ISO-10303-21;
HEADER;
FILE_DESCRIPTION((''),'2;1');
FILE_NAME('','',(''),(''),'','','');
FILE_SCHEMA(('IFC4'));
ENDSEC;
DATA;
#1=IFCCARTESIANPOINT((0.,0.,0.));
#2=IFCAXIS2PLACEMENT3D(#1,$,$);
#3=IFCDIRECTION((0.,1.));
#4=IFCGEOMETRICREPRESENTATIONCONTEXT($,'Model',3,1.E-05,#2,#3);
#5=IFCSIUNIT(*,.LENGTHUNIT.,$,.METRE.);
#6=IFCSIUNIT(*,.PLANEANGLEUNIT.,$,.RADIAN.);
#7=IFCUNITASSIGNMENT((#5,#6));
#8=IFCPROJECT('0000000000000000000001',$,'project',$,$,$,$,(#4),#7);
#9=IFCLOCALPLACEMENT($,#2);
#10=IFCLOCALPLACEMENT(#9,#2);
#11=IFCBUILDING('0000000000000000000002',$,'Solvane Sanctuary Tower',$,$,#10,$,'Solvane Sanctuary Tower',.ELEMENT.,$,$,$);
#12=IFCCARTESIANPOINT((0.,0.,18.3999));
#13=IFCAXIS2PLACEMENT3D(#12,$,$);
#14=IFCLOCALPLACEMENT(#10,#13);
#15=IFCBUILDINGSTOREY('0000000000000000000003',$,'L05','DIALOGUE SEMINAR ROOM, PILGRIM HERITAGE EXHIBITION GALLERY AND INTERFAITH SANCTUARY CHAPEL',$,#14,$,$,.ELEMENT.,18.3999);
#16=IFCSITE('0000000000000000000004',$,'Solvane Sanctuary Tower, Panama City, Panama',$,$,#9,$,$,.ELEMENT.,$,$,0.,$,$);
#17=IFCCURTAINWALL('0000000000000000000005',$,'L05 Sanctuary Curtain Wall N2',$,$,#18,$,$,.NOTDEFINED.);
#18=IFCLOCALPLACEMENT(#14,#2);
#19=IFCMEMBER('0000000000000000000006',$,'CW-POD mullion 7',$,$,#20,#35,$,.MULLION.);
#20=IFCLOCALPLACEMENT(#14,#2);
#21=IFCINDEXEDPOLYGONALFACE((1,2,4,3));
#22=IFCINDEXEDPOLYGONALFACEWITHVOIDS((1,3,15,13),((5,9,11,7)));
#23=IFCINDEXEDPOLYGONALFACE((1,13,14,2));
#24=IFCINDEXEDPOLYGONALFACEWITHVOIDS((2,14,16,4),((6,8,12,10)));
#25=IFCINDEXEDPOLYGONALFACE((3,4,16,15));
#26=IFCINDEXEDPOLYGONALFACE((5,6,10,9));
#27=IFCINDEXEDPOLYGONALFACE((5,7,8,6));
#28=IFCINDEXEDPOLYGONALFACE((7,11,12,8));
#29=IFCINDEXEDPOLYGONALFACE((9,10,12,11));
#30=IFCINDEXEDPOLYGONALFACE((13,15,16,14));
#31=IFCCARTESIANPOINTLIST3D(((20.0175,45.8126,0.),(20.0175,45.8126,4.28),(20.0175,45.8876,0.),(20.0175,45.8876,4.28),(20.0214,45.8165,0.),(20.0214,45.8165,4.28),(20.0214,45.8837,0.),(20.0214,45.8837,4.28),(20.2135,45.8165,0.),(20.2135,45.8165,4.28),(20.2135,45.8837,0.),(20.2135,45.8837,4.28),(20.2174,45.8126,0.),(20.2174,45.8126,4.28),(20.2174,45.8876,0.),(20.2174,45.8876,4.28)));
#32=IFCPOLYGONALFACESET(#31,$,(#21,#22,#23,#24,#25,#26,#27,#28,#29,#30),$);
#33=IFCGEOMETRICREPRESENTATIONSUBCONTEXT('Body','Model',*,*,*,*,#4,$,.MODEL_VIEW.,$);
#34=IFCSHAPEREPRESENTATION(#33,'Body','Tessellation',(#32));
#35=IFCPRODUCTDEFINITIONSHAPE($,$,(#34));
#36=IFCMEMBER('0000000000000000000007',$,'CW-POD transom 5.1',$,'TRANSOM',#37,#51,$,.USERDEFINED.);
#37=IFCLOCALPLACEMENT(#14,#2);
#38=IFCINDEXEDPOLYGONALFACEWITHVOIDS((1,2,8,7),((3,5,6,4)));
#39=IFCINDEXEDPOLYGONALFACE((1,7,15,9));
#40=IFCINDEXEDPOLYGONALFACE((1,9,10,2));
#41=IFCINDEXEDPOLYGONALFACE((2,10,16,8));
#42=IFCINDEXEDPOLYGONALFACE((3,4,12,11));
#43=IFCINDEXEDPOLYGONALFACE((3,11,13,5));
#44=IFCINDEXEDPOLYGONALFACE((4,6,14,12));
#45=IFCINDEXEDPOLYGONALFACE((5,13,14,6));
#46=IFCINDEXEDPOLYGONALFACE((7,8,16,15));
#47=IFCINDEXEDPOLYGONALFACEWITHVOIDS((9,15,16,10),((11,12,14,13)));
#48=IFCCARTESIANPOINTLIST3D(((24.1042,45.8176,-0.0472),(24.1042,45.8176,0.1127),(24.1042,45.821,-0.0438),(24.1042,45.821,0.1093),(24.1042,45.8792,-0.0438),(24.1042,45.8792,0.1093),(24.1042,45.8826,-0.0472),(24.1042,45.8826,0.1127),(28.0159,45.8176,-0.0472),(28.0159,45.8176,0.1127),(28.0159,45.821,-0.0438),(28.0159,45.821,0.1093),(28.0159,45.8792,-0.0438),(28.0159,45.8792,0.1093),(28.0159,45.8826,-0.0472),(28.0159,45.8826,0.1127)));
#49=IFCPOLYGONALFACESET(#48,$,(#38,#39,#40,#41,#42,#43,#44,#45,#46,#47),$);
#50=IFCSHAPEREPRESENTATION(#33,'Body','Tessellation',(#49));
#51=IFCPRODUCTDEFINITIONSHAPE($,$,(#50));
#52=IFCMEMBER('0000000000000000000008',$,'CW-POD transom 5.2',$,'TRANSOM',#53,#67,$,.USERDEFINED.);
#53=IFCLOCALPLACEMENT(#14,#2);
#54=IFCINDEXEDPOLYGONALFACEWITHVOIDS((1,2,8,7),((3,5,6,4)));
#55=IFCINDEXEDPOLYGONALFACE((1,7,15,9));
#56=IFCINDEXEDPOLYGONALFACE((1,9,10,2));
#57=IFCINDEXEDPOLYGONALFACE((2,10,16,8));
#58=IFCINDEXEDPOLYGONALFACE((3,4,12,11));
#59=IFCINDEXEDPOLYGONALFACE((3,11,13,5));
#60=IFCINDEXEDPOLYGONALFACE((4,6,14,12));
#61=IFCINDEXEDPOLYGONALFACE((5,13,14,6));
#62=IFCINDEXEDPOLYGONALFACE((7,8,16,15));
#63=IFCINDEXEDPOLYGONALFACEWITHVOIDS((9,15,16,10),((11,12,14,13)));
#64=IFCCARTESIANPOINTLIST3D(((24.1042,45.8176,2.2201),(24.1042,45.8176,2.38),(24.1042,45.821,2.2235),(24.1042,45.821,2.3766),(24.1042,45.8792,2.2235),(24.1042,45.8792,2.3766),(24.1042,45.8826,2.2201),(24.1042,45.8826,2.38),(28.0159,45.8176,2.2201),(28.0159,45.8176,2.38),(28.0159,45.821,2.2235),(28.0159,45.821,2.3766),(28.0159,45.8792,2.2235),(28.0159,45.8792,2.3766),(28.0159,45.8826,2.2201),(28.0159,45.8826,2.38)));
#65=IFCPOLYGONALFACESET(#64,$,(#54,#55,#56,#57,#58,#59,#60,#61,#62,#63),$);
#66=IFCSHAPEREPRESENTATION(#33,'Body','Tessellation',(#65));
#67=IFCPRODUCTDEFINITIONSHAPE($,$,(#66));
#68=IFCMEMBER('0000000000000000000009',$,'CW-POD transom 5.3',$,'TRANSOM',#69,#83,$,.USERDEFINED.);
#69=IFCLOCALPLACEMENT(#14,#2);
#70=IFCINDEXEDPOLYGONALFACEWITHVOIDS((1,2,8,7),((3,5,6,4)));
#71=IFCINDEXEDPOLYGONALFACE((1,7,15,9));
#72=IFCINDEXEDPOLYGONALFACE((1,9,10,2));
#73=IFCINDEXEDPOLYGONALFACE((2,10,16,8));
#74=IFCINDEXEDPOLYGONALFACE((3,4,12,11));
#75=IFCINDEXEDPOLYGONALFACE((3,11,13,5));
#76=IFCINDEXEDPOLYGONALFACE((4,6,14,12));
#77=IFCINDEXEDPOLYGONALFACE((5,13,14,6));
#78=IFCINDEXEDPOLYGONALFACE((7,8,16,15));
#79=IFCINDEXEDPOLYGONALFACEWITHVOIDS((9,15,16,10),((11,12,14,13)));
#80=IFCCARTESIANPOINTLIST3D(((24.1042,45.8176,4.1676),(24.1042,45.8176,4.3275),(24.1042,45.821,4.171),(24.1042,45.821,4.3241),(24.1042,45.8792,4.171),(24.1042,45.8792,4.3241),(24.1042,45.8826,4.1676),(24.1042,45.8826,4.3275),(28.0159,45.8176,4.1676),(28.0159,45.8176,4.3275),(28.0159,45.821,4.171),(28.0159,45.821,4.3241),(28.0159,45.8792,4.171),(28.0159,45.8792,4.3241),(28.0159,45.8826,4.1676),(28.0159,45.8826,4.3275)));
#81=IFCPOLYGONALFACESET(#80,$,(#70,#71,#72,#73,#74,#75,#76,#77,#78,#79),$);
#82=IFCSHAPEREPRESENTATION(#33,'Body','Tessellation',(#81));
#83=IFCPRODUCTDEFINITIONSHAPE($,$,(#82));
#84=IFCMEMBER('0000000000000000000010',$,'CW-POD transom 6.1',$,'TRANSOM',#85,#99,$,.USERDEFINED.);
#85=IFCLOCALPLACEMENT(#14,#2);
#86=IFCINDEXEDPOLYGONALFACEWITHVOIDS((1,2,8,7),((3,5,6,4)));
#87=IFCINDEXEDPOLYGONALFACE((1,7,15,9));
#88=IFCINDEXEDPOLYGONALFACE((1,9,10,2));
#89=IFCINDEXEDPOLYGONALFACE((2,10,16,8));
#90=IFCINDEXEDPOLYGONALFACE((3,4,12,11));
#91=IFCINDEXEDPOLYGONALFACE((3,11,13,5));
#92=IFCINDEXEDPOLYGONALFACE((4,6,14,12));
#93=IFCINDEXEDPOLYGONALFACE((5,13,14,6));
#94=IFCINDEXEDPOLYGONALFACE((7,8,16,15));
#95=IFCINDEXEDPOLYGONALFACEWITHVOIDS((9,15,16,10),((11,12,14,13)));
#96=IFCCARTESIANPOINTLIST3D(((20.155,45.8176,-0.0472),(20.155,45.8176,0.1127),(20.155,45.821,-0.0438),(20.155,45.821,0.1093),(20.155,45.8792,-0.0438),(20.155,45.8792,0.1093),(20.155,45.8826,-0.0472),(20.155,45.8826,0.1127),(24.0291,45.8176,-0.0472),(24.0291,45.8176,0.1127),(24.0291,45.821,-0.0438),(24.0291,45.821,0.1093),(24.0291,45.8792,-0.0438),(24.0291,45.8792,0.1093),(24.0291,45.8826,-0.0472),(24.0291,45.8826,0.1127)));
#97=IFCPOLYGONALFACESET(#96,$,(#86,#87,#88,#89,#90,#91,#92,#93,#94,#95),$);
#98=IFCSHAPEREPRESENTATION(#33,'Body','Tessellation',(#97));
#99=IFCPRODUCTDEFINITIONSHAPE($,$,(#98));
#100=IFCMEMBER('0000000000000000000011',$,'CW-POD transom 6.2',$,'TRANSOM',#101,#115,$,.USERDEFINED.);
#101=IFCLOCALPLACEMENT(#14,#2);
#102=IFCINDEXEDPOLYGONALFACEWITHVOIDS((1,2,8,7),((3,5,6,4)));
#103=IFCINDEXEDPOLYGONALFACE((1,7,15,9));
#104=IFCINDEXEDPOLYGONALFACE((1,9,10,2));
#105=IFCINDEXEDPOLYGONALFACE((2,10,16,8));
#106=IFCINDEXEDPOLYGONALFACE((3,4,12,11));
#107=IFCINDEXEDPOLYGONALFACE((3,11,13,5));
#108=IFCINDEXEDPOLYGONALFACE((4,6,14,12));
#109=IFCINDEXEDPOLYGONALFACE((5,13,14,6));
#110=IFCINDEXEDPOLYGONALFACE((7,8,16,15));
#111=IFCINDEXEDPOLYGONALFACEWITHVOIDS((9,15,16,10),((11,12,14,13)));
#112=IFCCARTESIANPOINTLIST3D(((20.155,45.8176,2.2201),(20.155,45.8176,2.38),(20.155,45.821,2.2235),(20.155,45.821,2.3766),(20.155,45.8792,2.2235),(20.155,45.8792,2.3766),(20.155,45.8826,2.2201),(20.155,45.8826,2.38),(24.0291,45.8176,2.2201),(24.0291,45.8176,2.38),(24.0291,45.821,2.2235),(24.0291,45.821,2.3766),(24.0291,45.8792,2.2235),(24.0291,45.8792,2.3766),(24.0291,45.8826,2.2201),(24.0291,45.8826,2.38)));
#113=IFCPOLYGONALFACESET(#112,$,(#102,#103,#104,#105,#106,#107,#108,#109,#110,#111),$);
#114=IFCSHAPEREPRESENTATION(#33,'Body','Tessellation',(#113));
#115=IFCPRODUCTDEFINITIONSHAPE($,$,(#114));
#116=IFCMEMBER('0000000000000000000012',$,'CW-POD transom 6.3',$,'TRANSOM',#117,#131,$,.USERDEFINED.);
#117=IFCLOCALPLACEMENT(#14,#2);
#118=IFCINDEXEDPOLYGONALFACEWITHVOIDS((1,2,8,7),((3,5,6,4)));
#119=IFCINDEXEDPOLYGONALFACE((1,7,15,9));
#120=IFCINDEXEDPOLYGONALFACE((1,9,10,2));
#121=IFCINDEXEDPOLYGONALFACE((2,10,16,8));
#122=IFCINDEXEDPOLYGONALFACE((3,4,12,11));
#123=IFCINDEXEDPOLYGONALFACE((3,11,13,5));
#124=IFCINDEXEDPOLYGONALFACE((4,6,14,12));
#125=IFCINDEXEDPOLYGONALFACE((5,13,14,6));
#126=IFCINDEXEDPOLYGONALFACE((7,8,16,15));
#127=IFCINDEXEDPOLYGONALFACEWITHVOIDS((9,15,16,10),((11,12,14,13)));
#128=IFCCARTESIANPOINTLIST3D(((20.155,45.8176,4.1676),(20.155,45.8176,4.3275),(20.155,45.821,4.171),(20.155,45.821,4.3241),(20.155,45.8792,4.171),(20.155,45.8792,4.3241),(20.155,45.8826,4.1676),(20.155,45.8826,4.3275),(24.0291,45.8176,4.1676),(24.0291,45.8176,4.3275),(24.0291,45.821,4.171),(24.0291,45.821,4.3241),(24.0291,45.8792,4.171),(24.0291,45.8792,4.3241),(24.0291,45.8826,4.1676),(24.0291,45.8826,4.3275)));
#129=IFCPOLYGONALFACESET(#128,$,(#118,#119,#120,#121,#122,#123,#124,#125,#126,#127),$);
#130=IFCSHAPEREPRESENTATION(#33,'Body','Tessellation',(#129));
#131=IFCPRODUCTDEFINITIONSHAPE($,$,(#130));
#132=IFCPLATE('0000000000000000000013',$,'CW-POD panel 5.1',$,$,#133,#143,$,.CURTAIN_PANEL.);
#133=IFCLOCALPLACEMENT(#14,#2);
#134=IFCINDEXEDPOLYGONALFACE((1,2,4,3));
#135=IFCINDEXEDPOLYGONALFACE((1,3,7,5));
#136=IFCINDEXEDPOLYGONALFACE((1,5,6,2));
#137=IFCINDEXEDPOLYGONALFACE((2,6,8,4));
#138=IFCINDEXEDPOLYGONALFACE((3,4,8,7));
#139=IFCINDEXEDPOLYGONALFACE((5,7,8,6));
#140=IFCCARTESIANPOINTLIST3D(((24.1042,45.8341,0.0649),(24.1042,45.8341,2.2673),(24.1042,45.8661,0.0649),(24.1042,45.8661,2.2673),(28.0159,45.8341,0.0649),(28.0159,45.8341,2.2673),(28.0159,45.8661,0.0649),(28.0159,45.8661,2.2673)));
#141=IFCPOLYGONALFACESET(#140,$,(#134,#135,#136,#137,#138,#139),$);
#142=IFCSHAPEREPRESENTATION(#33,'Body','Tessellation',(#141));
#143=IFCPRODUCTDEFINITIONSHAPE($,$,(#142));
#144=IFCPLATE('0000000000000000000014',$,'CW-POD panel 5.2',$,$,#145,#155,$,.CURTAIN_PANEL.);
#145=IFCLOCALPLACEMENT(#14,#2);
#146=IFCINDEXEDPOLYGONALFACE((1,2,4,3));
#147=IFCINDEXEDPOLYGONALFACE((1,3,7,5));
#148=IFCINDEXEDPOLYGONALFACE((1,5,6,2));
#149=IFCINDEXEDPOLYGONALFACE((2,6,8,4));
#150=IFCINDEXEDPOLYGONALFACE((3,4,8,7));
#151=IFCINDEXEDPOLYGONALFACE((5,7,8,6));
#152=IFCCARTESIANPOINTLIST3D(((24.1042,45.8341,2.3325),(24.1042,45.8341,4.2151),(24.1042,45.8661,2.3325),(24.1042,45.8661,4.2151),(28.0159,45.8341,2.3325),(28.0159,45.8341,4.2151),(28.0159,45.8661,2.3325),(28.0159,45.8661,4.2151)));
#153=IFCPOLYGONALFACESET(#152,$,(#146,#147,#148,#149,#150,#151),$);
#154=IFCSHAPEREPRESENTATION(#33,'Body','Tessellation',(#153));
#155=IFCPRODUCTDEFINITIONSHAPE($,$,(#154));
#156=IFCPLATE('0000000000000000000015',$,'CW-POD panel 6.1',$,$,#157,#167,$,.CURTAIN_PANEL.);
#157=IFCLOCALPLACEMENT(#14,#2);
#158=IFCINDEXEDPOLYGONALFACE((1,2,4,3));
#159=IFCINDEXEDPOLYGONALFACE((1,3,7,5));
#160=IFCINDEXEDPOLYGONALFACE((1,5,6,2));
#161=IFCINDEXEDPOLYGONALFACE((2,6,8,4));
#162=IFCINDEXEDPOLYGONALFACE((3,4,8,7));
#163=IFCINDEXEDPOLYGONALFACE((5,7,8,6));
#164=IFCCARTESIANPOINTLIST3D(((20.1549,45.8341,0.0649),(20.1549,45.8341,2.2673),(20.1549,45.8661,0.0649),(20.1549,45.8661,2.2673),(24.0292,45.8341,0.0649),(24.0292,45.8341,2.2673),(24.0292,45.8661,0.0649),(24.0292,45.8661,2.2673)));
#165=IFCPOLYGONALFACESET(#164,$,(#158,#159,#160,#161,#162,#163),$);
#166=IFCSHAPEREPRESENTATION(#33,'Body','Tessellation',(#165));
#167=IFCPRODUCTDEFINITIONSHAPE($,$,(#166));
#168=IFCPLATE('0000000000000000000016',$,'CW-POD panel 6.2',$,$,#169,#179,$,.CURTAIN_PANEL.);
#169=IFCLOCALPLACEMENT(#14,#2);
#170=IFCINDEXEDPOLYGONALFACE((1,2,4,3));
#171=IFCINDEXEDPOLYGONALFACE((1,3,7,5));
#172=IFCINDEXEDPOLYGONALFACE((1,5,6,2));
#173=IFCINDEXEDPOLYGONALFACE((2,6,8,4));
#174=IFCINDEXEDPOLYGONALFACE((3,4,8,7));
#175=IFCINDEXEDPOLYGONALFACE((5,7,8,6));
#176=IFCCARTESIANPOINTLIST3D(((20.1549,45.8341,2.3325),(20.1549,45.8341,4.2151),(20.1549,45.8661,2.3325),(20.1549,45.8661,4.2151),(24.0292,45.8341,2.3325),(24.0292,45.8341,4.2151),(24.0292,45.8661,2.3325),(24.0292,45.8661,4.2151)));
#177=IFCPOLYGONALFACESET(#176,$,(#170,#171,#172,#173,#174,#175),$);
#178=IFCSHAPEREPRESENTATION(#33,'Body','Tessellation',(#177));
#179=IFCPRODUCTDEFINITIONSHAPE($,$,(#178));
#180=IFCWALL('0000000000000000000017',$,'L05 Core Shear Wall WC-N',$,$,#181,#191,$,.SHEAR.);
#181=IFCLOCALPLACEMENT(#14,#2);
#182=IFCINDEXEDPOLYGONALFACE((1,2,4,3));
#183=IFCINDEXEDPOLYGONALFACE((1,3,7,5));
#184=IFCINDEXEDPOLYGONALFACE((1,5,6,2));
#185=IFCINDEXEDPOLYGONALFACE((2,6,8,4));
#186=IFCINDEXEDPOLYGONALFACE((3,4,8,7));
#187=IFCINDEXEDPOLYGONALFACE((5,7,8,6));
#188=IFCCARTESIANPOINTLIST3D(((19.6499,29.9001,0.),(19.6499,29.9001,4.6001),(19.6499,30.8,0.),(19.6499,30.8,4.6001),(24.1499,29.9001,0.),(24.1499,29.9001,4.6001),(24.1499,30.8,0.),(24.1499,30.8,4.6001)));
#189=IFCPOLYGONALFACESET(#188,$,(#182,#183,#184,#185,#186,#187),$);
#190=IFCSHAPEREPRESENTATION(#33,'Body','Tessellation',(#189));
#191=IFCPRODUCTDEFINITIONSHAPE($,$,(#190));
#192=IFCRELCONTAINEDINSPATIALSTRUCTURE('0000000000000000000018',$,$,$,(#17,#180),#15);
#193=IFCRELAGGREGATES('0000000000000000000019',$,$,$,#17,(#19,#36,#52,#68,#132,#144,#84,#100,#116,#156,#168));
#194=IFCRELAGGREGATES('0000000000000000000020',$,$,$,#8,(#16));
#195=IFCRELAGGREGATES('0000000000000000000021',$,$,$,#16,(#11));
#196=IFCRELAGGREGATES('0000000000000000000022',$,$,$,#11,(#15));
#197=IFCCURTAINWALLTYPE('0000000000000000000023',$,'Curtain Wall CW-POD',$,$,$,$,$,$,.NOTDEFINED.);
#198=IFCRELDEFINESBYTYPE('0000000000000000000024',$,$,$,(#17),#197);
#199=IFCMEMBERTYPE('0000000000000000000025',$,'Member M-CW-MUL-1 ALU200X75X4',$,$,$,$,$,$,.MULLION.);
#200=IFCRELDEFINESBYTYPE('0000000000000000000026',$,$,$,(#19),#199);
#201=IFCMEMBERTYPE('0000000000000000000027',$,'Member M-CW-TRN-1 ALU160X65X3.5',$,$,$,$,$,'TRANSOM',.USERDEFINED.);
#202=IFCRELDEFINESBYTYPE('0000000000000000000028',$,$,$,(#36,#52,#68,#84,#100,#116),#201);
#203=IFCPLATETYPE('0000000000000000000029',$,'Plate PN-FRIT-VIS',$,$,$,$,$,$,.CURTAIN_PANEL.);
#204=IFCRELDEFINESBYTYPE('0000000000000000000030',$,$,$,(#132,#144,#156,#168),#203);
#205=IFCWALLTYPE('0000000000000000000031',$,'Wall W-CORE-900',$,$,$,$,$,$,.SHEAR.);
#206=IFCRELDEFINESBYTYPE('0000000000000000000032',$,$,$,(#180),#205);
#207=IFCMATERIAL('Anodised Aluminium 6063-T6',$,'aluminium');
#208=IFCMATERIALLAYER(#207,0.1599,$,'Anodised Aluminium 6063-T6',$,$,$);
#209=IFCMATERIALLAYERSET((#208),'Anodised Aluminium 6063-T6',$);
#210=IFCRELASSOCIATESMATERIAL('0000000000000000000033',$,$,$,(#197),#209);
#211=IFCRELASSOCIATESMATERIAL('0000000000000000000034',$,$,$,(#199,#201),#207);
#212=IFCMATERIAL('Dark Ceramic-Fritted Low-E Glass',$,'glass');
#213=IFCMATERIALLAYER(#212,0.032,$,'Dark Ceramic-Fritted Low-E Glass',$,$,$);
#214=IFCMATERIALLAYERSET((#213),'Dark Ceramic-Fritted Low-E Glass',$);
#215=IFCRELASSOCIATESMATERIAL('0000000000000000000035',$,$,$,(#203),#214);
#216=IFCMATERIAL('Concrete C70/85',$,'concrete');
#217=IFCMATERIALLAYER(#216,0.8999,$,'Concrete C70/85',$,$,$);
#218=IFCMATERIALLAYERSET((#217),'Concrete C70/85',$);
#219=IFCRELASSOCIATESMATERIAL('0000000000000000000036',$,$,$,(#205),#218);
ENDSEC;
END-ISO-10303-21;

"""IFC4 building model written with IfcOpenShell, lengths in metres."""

from ifc_helpers import new_model, si_unit, direction, frame, frame_2d, origin, origin_2d, place, context, subcontext, project, spatial, rectangle, hollow_rectangle, extrude, material, layer, layer_set, material_profile, profile_set, type_object, element, aggregate, save


model = new_model("IFC4")

# Units and contexts
model_context = context("Model", 3, precision=1e-05, world=origin(), true_north=direction((0.0, 1.0)))
body_context = subcontext(model_context, "Body", "Model", "MODEL_VIEW")
ifc_project = project(units=[si_unit("LENGTHUNIT", "METRE"), si_unit("PLANEANGLEUNIT", "RADIAN")], contexts=[model_context])

# Site, building, storey
site_placement = place(None, origin())
site = spatial("IfcSite", under=ifc_project, at=site_placement, Name="Solvane Sanctuary Tower, Panama City, Panama", CompositionType="ELEMENT", RefElevation=0.0)
building_placement = place(site_placement, origin())
building = spatial("IfcBuilding", under=site, at=building_placement, Name="Solvane Sanctuary Tower", LongName="Solvane Sanctuary Tower", CompositionType="ELEMENT")
storey_placement = place(building_placement, frame((0.0, 0.0, 18.3999)))
storey = spatial("IfcBuildingStorey", under=building, at=storey_placement, Name="L05", Description="DIALOGUE SEMINAR ROOM, PILGRIM HERITAGE EXHIBITION GALLERY AND INTERFAITH SANCTUARY CHAPEL", CompositionType="ELEMENT", Elevation=18.3999)

# Shared definitions
ifc_material_1 = material(Name="Concrete C70/85", Category="concrete")

# Curtain wall, members, plates
ifc_material_2 = material(Name="Anodised Aluminium 6063-T6", Category="aluminium")
ifc_layer_1 = layer(ifc_material_2, 0.1599, Name="Anodised Aluminium 6063-T6")
ifc_layer_set_1 = layer_set([ifc_layer_1], Name="Anodised Aluminium 6063-T6")
curtain_wall_type = type_object("IfcCurtainWallType", Name="Curtain Wall CW-POD", PredefinedType="NOTDEFINED", material=ifc_layer_set_1)
curtain_wall_placement = place(storey_placement, origin())
curtain_wall = element("IfcCurtainWall", 1, at=curtain_wall_placement, inside=storey, type_object=curtain_wall_type, Name="L05 Sanctuary Curtain Wall N2", PredefinedType="NOTDEFINED")
ifc_material_profile_1 = material_profile(ifc_material_2, hollow_rectangle(XDim=0.075, YDim=0.2, WallThickness=0.0039, at=origin_2d()), Name="ALU200X75X4")
ifc_profile_set_1 = profile_set([ifc_material_profile_1], Name="Anodised Aluminium 6063-T6")
member_type_1 = type_object("IfcMemberType", Name="Member M-CW-MUL-1 ALU200X75X4", PredefinedType="MULLION", material=ifc_profile_set_1)
member_1_placement = place(storey_placement, frame((20.1174, 45.8501, 0.0), z_axis=(0.0, 0.0, 1.0), x_axis=(0.0, -1.0, 0.0)))
member_1 = element("IfcMember", 2, at=member_1_placement, type_object=member_type_1, Name="CW-POD mullion 7", PredefinedType="MULLION", context=body_context, shape_type="SweptSolid", body=[
    extrude(hollow_rectangle(XDim=0.075, YDim=0.2, WallThickness=0.0039, at=origin_2d()), origin(), (0.0, 0.0, 1.0), 4.28),
])
ifc_material_profile_2 = material_profile(ifc_material_2, hollow_rectangle(XDim=0.0649, YDim=0.1599, WallThickness=0.0034, at=origin_2d()), Name="ALU160X65X3.5")
ifc_profile_set_2 = profile_set([ifc_material_profile_2], Name="Anodised Aluminium 6063-T6")
member_type_2 = type_object("IfcMemberType", Name="Member M-CW-TRN-1 ALU160X65X3.5", ElementType="TRANSOM", PredefinedType="USERDEFINED", material=ifc_profile_set_2)
member_2_placement = place(storey_placement, frame((28.0159, 45.8501, 0.0327), z_axis=(-1.0, 0.0, 0.0), x_axis=(0.0, -1.0, 0.0)))
member_2 = element("IfcMember", 3, at=member_2_placement, type_object=member_type_2, Name="CW-POD transom 5.1", ObjectType="TRANSOM", PredefinedType="USERDEFINED", context=body_context, shape_type="SweptSolid", body=[
    extrude(hollow_rectangle(XDim=0.0649, YDim=0.1599, WallThickness=0.0034, at=origin_2d()), origin(), (0.0, 0.0, 1.0), 3.9116),
])
member_3_placement = place(storey_placement, frame((28.0159, 45.8501, 2.3), z_axis=(-1.0, 0.0, 0.0), x_axis=(0.0, -1.0, 0.0)))
member_3 = element("IfcMember", 4, at=member_3_placement, type_object=member_type_2, Name="CW-POD transom 5.2", ObjectType="TRANSOM", PredefinedType="USERDEFINED", context=body_context, shape_type="SweptSolid", body=[
    extrude(hollow_rectangle(XDim=0.0649, YDim=0.1599, WallThickness=0.0034, at=origin_2d()), origin(), (0.0, 0.0, 1.0), 3.9116),
])
member_4_placement = place(storey_placement, frame((28.0159, 45.8501, 4.2476), z_axis=(-1.0, 0.0, 0.0), x_axis=(0.0, -1.0, 0.0)))
member_4 = element("IfcMember", 5, at=member_4_placement, type_object=member_type_2, Name="CW-POD transom 5.3", ObjectType="TRANSOM", PredefinedType="USERDEFINED", context=body_context, shape_type="SweptSolid", body=[
    extrude(hollow_rectangle(XDim=0.0649, YDim=0.1599, WallThickness=0.0034, at=origin_2d()), origin(), (0.0, 0.0, 1.0), 3.9116),
])
member_5_placement = place(storey_placement, frame((24.0291, 45.8501, 0.0327), z_axis=(-1.0, 0.0, 0.0), x_axis=(0.0, -1.0, 0.0)))
member_5 = element("IfcMember", 6, at=member_5_placement, type_object=member_type_2, Name="CW-POD transom 6.1", ObjectType="TRANSOM", PredefinedType="USERDEFINED", context=body_context, shape_type="SweptSolid", body=[
    extrude(hollow_rectangle(XDim=0.0649, YDim=0.1599, WallThickness=0.0034, at=origin_2d()), origin(), (0.0, 0.0, 1.0), 3.874),
])
member_6_placement = place(storey_placement, frame((24.0291, 45.8501, 2.3), z_axis=(-1.0, 0.0, 0.0), x_axis=(0.0, -1.0, 0.0)))
member_6 = element("IfcMember", 7, at=member_6_placement, type_object=member_type_2, Name="CW-POD transom 6.2", ObjectType="TRANSOM", PredefinedType="USERDEFINED", context=body_context, shape_type="SweptSolid", body=[
    extrude(hollow_rectangle(XDim=0.0649, YDim=0.1599, WallThickness=0.0034, at=origin_2d()), origin(), (0.0, 0.0, 1.0), 3.874),
])
member_7_placement = place(storey_placement, frame((24.0291, 45.8501, 4.2476), z_axis=(-1.0, 0.0, 0.0), x_axis=(0.0, -1.0, 0.0)))
member_7 = element("IfcMember", 8, at=member_7_placement, type_object=member_type_2, Name="CW-POD transom 6.3", ObjectType="TRANSOM", PredefinedType="USERDEFINED", context=body_context, shape_type="SweptSolid", body=[
    extrude(hollow_rectangle(XDim=0.0649, YDim=0.1599, WallThickness=0.0034, at=origin_2d()), origin(), (0.0, 0.0, 1.0), 3.874),
])
ifc_material_3 = material(Name="Dark Ceramic-Fritted Low-E Glass", Category="glass")
ifc_layer_2 = layer(ifc_material_3, 0.032, Name="Dark Ceramic-Fritted Low-E Glass")
ifc_layer_set_2 = layer_set([ifc_layer_2], Name="Dark Ceramic-Fritted Low-E Glass")
plate_type = type_object("IfcPlateType", Name="Plate PN-FRIT-VIS", PredefinedType="CURTAIN_PANEL", material=ifc_layer_set_2)
plate_1_placement = place(storey_placement, frame((26.0601, 45.8501, 0.0649), z_axis=(0.0, 0.0, 1.0), x_axis=(-1.0, 0.0, 0.0)))
plate_1 = element("IfcPlate", 9, at=plate_1_placement, type_object=plate_type, Name="CW-POD panel 5.1", PredefinedType="CURTAIN_PANEL", context=body_context, shape_type="SweptSolid", body=[
    extrude(rectangle(XDim=3.9116, YDim=0.032, at=origin_2d()), origin(), (0.0, 0.0, 1.0), 2.2024),
])
plate_2_placement = place(storey_placement, frame((26.0601, 45.8501, 2.3325), z_axis=(0.0, 0.0, 1.0), x_axis=(-1.0, 0.0, 0.0)))
plate_2 = element("IfcPlate", 10, at=plate_2_placement, type_object=plate_type, Name="CW-POD panel 5.2", PredefinedType="CURTAIN_PANEL", context=body_context, shape_type="SweptSolid", body=[
    extrude(rectangle(XDim=3.9116, YDim=0.032, at=origin_2d()), origin(), (0.0, 0.0, 1.0), 1.8826),
])
plate_3_placement = place(storey_placement, frame((22.092, 45.8501, 0.0649), z_axis=(0.0, 0.0, 1.0), x_axis=(-1.0, 0.0, 0.0)))
plate_3 = element("IfcPlate", 11, at=plate_3_placement, type_object=plate_type, Name="CW-POD panel 6.1", PredefinedType="CURTAIN_PANEL", context=body_context, shape_type="SweptSolid", body=[
    extrude(rectangle(XDim=3.8743, YDim=0.032, at=origin_2d()), origin(), (0.0, 0.0, 1.0), 2.2024),
])
plate_4_placement = place(storey_placement, frame((22.092, 45.8501, 2.3325), z_axis=(0.0, 0.0, 1.0), x_axis=(-1.0, 0.0, 0.0)))
plate_4 = element("IfcPlate", 12, at=plate_4_placement, type_object=plate_type, Name="CW-POD panel 6.2", PredefinedType="CURTAIN_PANEL", context=body_context, shape_type="SweptSolid", body=[
    extrude(rectangle(XDim=3.8743, YDim=0.032, at=origin_2d()), origin(), (0.0, 0.0, 1.0), 1.8826),
])
aggregate(curtain_wall, [member_1, member_2, member_3, member_4, plate_1, plate_2, member_5, member_6, member_7, plate_3, plate_4])

# Wall
ifc_layer_3 = layer(ifc_material_1, 0.8999, Name="Concrete C70/85")
ifc_layer_set_3 = layer_set([ifc_layer_3], Name="Concrete C70/85")
wall_type_1 = type_object("IfcWallType", Name="Wall W-CORE-900", PredefinedType="SHEAR", material=ifc_layer_set_3)
wall_1_placement = place(storey_placement, frame((19.6499, 30.3501, 0.0), z_axis=(0.0, 0.0, 1.0), x_axis=(1.0, 0.0, 0.0)))
element("IfcWall", 13, at=wall_1_placement, inside=storey, type_object=wall_type_1, Name="L05 Core Shear Wall WC-N", PredefinedType="SHEAR", context=body_context, shape_type="SweptSolid", body=[
    extrude(rectangle(XDim=4.5, YDim=0.8999, at=frame_2d((2.25, 0.0))), origin(), (0.0, 0.0, 1.0), 4.6001),
])

save(model, "model.ifc")
